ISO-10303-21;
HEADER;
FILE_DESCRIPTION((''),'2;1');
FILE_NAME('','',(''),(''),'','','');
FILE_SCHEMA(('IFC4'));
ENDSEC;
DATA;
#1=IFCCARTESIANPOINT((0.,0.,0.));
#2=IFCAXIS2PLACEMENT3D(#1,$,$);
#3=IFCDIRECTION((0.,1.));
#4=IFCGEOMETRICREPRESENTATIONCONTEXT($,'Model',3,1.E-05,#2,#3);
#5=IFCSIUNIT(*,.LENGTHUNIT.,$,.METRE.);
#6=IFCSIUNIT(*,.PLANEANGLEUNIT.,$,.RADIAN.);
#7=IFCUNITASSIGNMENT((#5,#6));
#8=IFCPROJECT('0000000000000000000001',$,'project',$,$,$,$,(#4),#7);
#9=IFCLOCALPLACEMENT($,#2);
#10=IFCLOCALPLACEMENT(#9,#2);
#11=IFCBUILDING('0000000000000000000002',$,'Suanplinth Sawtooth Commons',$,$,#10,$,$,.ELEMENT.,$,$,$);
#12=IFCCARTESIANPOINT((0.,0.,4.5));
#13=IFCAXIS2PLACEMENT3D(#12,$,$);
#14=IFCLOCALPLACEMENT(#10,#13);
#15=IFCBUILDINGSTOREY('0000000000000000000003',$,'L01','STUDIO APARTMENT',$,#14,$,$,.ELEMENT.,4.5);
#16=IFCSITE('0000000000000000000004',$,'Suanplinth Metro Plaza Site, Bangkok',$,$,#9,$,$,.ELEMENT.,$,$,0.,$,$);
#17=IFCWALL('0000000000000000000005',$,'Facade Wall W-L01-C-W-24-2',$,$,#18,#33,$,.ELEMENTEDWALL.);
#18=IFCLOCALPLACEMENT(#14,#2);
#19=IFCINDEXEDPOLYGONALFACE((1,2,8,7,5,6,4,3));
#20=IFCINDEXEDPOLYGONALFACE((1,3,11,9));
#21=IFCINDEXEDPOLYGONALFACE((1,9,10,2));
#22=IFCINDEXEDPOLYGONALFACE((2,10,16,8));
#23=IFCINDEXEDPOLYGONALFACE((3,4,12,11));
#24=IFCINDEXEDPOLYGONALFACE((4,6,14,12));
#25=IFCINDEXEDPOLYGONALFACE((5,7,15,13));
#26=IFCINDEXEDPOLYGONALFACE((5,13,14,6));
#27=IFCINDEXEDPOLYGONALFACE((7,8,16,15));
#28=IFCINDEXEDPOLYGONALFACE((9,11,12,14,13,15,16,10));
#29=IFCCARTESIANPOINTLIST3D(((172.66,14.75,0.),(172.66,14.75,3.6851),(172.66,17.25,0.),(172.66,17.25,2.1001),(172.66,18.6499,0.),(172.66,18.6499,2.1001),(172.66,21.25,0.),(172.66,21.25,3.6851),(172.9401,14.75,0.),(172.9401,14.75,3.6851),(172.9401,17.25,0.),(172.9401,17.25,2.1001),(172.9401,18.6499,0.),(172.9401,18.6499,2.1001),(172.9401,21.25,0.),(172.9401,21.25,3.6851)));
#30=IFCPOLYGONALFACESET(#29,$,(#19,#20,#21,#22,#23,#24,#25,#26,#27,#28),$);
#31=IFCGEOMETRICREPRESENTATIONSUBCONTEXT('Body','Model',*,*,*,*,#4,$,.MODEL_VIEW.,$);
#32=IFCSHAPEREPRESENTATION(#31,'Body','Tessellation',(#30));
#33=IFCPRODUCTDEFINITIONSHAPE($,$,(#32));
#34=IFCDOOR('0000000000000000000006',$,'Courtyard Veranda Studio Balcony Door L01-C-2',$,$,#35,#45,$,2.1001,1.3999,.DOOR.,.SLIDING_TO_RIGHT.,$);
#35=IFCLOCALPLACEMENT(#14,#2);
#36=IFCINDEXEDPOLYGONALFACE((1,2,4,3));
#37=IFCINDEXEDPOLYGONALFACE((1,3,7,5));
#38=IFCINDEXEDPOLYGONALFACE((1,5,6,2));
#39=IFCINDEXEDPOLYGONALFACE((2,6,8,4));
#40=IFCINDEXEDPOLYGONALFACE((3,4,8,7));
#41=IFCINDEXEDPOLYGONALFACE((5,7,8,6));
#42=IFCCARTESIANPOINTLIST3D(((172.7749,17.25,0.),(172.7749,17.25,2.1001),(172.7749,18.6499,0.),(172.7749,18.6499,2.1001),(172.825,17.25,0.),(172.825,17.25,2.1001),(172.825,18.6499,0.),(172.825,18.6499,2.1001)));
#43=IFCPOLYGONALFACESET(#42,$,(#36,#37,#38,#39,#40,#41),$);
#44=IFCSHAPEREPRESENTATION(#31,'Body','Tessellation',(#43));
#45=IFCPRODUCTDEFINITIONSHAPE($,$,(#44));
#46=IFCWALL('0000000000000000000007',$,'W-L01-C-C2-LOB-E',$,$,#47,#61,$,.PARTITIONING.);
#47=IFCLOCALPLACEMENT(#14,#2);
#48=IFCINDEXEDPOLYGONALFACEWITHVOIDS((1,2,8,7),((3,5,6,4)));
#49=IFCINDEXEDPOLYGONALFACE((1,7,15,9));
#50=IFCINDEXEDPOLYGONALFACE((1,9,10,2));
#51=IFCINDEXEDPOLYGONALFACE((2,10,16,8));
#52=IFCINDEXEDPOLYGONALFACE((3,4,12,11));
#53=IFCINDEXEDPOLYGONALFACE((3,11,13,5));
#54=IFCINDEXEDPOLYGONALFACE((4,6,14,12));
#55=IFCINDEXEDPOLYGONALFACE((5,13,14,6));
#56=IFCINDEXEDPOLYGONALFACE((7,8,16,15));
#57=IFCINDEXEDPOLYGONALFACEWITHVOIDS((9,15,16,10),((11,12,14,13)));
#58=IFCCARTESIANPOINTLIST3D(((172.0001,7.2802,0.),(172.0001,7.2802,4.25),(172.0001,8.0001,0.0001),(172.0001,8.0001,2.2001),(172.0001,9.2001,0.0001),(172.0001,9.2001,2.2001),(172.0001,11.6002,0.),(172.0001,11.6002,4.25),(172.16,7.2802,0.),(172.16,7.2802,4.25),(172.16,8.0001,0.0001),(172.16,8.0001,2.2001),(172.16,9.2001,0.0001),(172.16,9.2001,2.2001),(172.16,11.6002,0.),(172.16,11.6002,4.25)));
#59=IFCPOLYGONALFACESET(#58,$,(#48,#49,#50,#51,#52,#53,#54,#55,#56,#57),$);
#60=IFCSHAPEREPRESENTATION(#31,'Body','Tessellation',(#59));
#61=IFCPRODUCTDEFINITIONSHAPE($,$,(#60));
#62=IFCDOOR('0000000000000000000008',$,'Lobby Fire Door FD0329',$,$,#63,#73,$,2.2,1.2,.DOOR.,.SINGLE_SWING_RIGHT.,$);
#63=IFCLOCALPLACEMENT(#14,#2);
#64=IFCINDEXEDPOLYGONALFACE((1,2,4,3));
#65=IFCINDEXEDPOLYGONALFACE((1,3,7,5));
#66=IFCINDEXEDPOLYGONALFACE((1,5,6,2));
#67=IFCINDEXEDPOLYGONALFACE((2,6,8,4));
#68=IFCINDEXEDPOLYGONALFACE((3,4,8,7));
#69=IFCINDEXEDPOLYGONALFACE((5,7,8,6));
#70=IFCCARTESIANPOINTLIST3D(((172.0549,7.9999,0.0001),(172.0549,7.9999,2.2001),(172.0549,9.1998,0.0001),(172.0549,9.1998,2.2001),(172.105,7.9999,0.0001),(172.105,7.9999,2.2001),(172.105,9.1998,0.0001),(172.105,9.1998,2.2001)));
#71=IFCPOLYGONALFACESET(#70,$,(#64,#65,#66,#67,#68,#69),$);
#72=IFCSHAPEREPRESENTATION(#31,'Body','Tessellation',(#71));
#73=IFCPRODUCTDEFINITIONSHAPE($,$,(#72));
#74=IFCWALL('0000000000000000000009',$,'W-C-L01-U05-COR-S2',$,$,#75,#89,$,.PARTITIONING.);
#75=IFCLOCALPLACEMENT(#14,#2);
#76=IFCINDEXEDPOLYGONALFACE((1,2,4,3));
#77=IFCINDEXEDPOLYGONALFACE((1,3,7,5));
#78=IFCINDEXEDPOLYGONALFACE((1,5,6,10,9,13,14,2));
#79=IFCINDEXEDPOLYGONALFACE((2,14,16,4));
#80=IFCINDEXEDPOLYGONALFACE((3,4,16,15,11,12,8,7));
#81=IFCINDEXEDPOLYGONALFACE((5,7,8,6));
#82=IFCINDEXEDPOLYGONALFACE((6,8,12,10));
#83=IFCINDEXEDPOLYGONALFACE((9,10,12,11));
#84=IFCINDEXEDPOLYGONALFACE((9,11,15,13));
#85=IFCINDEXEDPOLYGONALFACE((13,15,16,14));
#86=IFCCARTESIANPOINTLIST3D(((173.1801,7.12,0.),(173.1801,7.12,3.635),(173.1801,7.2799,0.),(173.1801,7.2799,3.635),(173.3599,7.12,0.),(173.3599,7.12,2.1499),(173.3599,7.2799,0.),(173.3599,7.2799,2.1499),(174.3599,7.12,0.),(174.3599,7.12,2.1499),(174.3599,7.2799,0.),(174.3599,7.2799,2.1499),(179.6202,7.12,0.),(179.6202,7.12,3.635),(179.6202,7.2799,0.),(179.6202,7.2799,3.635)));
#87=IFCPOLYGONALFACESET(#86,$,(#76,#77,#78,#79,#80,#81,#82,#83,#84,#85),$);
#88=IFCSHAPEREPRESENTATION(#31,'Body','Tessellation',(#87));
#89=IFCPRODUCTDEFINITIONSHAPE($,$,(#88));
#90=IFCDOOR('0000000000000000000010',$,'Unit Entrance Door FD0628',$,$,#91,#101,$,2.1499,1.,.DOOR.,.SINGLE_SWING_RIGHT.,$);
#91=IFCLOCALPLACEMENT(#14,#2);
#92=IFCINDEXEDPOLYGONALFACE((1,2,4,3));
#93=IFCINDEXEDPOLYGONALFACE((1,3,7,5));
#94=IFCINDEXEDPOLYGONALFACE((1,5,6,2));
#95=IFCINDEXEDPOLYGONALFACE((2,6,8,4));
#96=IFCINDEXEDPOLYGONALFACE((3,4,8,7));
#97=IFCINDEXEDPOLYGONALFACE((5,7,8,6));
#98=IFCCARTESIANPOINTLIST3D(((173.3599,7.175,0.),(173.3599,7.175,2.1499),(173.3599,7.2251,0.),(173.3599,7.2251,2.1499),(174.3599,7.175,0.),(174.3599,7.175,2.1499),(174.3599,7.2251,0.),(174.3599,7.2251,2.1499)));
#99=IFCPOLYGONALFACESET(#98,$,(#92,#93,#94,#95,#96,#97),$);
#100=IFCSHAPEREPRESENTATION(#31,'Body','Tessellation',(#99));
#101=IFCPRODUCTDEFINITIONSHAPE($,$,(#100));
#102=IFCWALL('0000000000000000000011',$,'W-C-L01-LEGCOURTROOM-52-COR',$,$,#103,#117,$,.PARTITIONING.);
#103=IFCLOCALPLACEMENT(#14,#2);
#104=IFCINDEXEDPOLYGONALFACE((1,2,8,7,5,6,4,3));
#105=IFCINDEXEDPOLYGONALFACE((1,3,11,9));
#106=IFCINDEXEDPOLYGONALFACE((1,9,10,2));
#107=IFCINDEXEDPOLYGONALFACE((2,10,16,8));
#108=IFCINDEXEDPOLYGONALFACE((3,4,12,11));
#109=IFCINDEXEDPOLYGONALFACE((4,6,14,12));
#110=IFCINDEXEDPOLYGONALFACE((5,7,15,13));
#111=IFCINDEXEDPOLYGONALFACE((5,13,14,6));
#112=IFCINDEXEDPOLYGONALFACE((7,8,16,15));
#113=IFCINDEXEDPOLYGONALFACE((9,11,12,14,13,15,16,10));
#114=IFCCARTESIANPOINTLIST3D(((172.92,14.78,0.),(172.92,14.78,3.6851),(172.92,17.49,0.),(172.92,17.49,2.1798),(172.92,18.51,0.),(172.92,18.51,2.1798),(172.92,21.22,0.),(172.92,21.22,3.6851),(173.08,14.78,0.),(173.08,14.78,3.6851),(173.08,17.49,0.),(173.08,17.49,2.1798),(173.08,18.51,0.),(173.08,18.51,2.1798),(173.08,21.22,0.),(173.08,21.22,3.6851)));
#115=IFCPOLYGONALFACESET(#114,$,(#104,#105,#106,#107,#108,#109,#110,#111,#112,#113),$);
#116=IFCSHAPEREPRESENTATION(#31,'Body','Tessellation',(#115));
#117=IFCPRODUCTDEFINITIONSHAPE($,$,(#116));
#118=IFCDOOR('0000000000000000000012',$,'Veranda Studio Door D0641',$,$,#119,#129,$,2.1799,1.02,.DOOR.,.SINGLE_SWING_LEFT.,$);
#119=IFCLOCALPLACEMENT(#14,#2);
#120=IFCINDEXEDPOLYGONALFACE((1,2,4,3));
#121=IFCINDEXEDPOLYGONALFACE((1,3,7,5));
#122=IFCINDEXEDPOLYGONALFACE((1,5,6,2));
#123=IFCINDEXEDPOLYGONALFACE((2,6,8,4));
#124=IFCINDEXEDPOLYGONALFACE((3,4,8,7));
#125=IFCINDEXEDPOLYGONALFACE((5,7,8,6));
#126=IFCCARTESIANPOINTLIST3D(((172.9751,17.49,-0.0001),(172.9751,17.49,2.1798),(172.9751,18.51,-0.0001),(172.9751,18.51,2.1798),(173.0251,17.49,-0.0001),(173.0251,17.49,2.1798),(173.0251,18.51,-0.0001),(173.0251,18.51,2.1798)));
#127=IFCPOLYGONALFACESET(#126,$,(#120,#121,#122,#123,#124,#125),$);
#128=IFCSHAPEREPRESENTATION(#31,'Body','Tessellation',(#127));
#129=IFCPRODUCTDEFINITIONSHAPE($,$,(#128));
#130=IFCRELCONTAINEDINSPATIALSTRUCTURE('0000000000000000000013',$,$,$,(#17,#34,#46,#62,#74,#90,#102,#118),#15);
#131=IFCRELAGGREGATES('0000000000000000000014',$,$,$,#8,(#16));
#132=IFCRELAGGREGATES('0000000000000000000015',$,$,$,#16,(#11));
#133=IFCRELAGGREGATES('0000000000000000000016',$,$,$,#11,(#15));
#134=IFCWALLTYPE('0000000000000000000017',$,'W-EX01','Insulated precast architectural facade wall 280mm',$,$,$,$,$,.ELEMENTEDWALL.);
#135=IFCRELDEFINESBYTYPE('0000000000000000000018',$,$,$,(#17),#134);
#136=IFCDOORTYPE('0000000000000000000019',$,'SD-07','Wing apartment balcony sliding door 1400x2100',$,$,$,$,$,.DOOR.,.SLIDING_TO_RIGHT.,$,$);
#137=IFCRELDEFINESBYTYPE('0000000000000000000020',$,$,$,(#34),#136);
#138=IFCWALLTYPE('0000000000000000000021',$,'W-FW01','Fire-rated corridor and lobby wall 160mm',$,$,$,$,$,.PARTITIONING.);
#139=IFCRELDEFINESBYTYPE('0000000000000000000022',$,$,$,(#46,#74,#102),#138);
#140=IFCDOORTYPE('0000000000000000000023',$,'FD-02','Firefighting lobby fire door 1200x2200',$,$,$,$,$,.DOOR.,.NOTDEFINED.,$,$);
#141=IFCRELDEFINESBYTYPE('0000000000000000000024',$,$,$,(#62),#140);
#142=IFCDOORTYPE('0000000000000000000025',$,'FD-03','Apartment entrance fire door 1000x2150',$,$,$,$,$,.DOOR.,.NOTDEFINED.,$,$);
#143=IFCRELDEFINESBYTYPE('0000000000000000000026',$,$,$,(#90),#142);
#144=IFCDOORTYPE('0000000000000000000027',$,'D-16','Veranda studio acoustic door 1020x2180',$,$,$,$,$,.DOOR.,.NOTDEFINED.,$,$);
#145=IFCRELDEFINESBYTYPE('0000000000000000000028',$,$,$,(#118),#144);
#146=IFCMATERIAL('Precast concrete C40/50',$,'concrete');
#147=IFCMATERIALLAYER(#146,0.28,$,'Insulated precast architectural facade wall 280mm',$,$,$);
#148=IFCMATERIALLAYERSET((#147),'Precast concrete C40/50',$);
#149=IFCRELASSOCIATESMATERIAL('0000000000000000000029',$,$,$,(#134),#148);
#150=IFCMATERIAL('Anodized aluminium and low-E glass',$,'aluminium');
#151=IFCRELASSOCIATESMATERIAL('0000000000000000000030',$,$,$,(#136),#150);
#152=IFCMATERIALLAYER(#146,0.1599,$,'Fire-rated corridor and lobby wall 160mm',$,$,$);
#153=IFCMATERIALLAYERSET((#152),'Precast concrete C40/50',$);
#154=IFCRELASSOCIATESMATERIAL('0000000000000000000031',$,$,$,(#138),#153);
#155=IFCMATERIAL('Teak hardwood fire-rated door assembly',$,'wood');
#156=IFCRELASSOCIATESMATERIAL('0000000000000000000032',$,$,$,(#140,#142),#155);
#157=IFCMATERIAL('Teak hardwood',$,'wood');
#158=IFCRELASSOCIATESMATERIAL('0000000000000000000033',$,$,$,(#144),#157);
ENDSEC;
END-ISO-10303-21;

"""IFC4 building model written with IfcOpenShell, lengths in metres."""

from ifc_helpers import new_model, si_unit, direction, frame, frame_2d, origin, place, context, subcontext, project, spatial, rectangle, extrude, material, layer, layer_set, type_object, element, fill, save


model = new_model("IFC4")

# Units and contexts
model_context = context("Model", 3, precision=1e-05, world=origin(), true_north=direction((0.0, 1.0)))
body_context = subcontext(model_context, "Body", "Model", "MODEL_VIEW")
ifc_project = project(units=[si_unit("LENGTHUNIT", "METRE"), si_unit("PLANEANGLEUNIT", "RADIAN")], contexts=[model_context])

# Site, building, storey
site_placement = place(None, origin())
site = spatial("IfcSite", under=ifc_project, at=site_placement, Name="Suanplinth Metro Plaza Site, Bangkok", CompositionType="ELEMENT", RefElevation=0.0)
building_placement = place(site_placement, origin())
building = spatial("IfcBuilding", under=site, at=building_placement, Name="Suanplinth Sawtooth Commons", CompositionType="ELEMENT")
storey_placement = place(building_placement, frame((0.0, 0.0, 4.5)))
storey = spatial("IfcBuildingStorey", under=building, at=storey_placement, Name="L01", Description="STUDIO APARTMENT", CompositionType="ELEMENT", Elevation=4.5)

# Shared definitions
ifc_material_1 = material(Name="Precast concrete C40/50", Category="concrete")

# Walls, openings, doors
ifc_layer_1 = layer(ifc_material_1, 0.28, Name="Insulated precast architectural facade wall 280mm")
ifc_layer_set_1 = layer_set([ifc_layer_1], Name="Precast concrete C40/50")
wall_type_1 = type_object("IfcWallType", Name="W-EX01", Description="Insulated precast architectural facade wall 280mm", PredefinedType="ELEMENTEDWALL", material=ifc_layer_set_1)
wall_1_placement = place(storey_placement, frame((172.8, 14.75, 0.0), z_axis=(0.0, 0.0, 1.0), x_axis=(0.0, 1.0, 0.0)))
wall_1 = element("IfcWall", 1, at=wall_1_placement, inside=storey, type_object=wall_type_1, Name="Facade Wall W-L01-C-W-24-2", PredefinedType="ELEMENTEDWALL", context=body_context, shape_type="SweptSolid", body=[
    extrude(rectangle(XDim=6.5, YDim=0.28, at=frame_2d((3.25, 0.0))), origin(), (0.0, 0.0, 1.0), 3.6851),
])
opening_1_placement = place(wall_1_placement, frame((2.5, 0.0, 0.0)))
opening_1 = element("IfcOpeningElement", 2, at=opening_1_placement, cuts=wall_1, PredefinedType="OPENING", context=body_context, shape_type="SweptSolid", body=[
    extrude(rectangle(XDim=1.3999, YDim=2.1001, at=frame_2d((0.7, 1.05))), frame((0.0, 0.1548, 0.0), z_axis=(0.0, -1.0, 0.0), x_axis=(1.0, 0.0, 0.0)), (0.0, 0.0, 1.0), 0.3098),
])
ifc_material_2 = material(Name="Anodized aluminium and low-E glass", Category="aluminium")
door_type_1 = type_object("IfcDoorType", Name="SD-07", Description="Wing apartment balcony sliding door 1400x2100", OperationType="SLIDING_TO_RIGHT", PredefinedType="DOOR", material=ifc_material_2)
door_1_placement = place(opening_1_placement, frame((1.3999, 0.0, 0.0), z_axis=(0.0, 0.0, 1.0), x_axis=(-1.0, 0.0, 0.0)))
door_1 = element("IfcDoor", 3, at=door_1_placement, inside=storey, type_object=door_type_1, Name="Courtyard Veranda Studio Balcony Door L01-C-2", OperationType="SLIDING_TO_RIGHT", OverallHeight=2.1001, OverallWidth=1.3999, PredefinedType="DOOR", context=body_context, shape_type="SweptSolid", body=[
    extrude(rectangle(XDim=1.3999, YDim=2.1001, at=frame_2d((0.7, 1.05))), frame((0.0, 0.0249, 0.0), z_axis=(0.0, -1.0, 0.0), x_axis=(1.0, 0.0, 0.0)), (0.0, 0.0, 1.0), 0.05),
])
fill(opening_1, door_1)
ifc_layer_2 = layer(ifc_material_1, 0.1599, Name="Fire-rated corridor and lobby wall 160mm")
ifc_layer_set_2 = layer_set([ifc_layer_2], Name="Precast concrete C40/50")
wall_type_2 = type_object("IfcWallType", Name="W-FW01", Description="Fire-rated corridor and lobby wall 160mm", PredefinedType="PARTITIONING", material=ifc_layer_set_2)
wall_2_placement = place(storey_placement, frame((172.0801, 7.28, 0.0), z_axis=(0.0, 0.0, 1.0), x_axis=(0.0, 1.0, 0.0)))
wall_2 = element("IfcWall", 4, at=wall_2_placement, inside=storey, type_object=wall_type_2, Name="W-L01-C-C2-LOB-E", PredefinedType="PARTITIONING", context=body_context, shape_type="SweptSolid", body=[
    extrude(rectangle(XDim=4.3201, YDim=0.1599, at=frame_2d((2.1602, 0.0))), origin(), (0.0, 0.0, 1.0), 4.25),
])
opening_2_placement = place(wall_2_placement, frame((0.72, 0.0, 0.0)))
opening_2 = element("IfcOpeningElement", 5, at=opening_2_placement, cuts=wall_2, PredefinedType="OPENING", context=body_context, shape_type="SweptSolid", body=[
    extrude(rectangle(XDim=1.2, YDim=2.2, at=frame_2d((0.6001, 1.1001))), frame((0.0, 0.0947, 0.0), z_axis=(0.0, -1.0, 0.0), x_axis=(1.0, 0.0, 0.0)), (0.0, 0.0, 1.0), 0.1897),
])
ifc_material_3 = material(Name="Teak hardwood fire-rated door assembly", Category="wood")
door_type_2 = type_object("IfcDoorType", Name="FD-02", Description="Firefighting lobby fire door 1200x2200", OperationType="NOTDEFINED", PredefinedType="DOOR", material=ifc_material_3)
door_2_placement = place(opening_2_placement, frame((1.2, 0.0, 0.0), z_axis=(0.0, 0.0, 1.0), x_axis=(-1.0, 0.0, 0.0)))
door_2 = element("IfcDoor", 6, at=door_2_placement, inside=storey, type_object=door_type_2, Name="Lobby Fire Door FD0329", OperationType="SINGLE_SWING_RIGHT", OverallHeight=2.2, OverallWidth=1.2, PredefinedType="DOOR", context=body_context, shape_type="SweptSolid", body=[
    extrude(rectangle(XDim=1.2, YDim=2.2, at=frame_2d((0.6001, 1.1001))), frame((0.0, 0.0249, 0.0), z_axis=(0.0, -1.0, 0.0), x_axis=(1.0, 0.0, 0.0)), (0.0, 0.0, 1.0), 0.05),
])
fill(opening_2, door_2)
wall_3_placement = place(storey_placement, frame((173.1799, 7.2, 0.0), z_axis=(0.0, 0.0, 1.0), x_axis=(1.0, 0.0, 0.0)))
wall_3 = element("IfcWall", 7, at=wall_3_placement, inside=storey, type_object=wall_type_2, Name="W-C-L01-U05-COR-S2", PredefinedType="PARTITIONING", context=body_context, shape_type="SweptSolid", body=[
    extrude(rectangle(XDim=6.4402, YDim=0.1599, at=frame_2d((3.2202, 0.0))), origin(), (0.0, 0.0, 1.0), 3.635),
])
opening_3_placement = place(wall_3_placement, frame((0.1799, 0.0, 0.0)))
opening_3 = element("IfcOpeningElement", 8, at=opening_3_placement, cuts=wall_3, PredefinedType="OPENING", context=body_context, shape_type="SweptSolid", body=[
    extrude(rectangle(XDim=1.0, YDim=2.1499, at=frame_2d((0.5, 1.075))), frame((0.0, 0.0947, 0.0), z_axis=(0.0, -1.0, 0.0), x_axis=(1.0, 0.0, 0.0)), (0.0, 0.0, 1.0), 0.1897),
])
door_type_3 = type_object("IfcDoorType", Name="FD-03", Description="Apartment entrance fire door 1000x2150", OperationType="NOTDEFINED", PredefinedType="DOOR", material=ifc_material_3)
door_3_placement = place(opening_3_placement, frame((1.0, 0.0, 0.0), z_axis=(0.0, 0.0, 1.0), x_axis=(-1.0, 0.0, 0.0)))
door_3 = element("IfcDoor", 9, at=door_3_placement, inside=storey, type_object=door_type_3, Name="Unit Entrance Door FD0628", OperationType="SINGLE_SWING_RIGHT", OverallHeight=2.1499, OverallWidth=1.0, PredefinedType="DOOR", context=body_context, shape_type="SweptSolid", body=[
    extrude(rectangle(XDim=1.0, YDim=2.1499, at=frame_2d((0.5, 1.075))), frame((0.0, 0.0249, 0.0), z_axis=(0.0, -1.0, 0.0), x_axis=(1.0, 0.0, 0.0)), (0.0, 0.0, 1.0), 0.05),
])
fill(opening_3, door_3)
wall_4_placement = place(storey_placement, frame((173.0, 14.78, 0.0), z_axis=(0.0, 0.0, 1.0), x_axis=(0.0, 1.0, 0.0)))
wall_4 = element("IfcWall", 10, at=wall_4_placement, inside=storey, type_object=wall_type_2, Name="W-C-L01-LEGCOURTROOM-52-COR", PredefinedType="PARTITIONING", context=body_context, shape_type="SweptSolid", body=[
    extrude(rectangle(XDim=6.4399, YDim=0.1599, at=frame_2d((3.22, 0.0))), origin(), (0.0, 0.0, 1.0), 3.6851),
])
opening_4_placement = place(wall_4_placement, frame((2.71, 0.0, 0.0)))
opening_4 = element("IfcOpeningElement", 11, at=opening_4_placement, cuts=wall_4, PredefinedType="OPENING", context=body_context, shape_type="SweptSolid", body=[
    extrude(rectangle(XDim=1.02, YDim=2.1799, at=frame_2d((0.51, 1.0898))), frame((0.0, 0.0947, 0.0), z_axis=(0.0, -1.0, 0.0), x_axis=(1.0, 0.0, 0.0)), (0.0, 0.0, 1.0), 0.1897),
])
ifc_material_4 = material(Name="Teak hardwood", Category="wood")
door_type_4 = type_object("IfcDoorType", Name="D-16", Description="Veranda studio acoustic door 1020x2180", OperationType="NOTDEFINED", PredefinedType="DOOR", material=ifc_material_4)
door_4_placement = place(opening_4_placement, origin())
door_4 = element("IfcDoor", 12, at=door_4_placement, inside=storey, type_object=door_type_4, Name="Veranda Studio Door D0641", OperationType="SINGLE_SWING_LEFT", OverallHeight=2.1799, OverallWidth=1.02, PredefinedType="DOOR", context=body_context, shape_type="SweptSolid", body=[
    extrude(rectangle(XDim=1.02, YDim=2.1799, at=frame_2d((0.51, 1.0898))), frame((0.0, 0.0249, 0.0), z_axis=(0.0, -1.0, 0.0), x_axis=(1.0, 0.0, 0.0)), (0.0, 0.0, 1.0), 0.05),
])
fill(opening_4, door_4)

save(model, "model.ifc")
